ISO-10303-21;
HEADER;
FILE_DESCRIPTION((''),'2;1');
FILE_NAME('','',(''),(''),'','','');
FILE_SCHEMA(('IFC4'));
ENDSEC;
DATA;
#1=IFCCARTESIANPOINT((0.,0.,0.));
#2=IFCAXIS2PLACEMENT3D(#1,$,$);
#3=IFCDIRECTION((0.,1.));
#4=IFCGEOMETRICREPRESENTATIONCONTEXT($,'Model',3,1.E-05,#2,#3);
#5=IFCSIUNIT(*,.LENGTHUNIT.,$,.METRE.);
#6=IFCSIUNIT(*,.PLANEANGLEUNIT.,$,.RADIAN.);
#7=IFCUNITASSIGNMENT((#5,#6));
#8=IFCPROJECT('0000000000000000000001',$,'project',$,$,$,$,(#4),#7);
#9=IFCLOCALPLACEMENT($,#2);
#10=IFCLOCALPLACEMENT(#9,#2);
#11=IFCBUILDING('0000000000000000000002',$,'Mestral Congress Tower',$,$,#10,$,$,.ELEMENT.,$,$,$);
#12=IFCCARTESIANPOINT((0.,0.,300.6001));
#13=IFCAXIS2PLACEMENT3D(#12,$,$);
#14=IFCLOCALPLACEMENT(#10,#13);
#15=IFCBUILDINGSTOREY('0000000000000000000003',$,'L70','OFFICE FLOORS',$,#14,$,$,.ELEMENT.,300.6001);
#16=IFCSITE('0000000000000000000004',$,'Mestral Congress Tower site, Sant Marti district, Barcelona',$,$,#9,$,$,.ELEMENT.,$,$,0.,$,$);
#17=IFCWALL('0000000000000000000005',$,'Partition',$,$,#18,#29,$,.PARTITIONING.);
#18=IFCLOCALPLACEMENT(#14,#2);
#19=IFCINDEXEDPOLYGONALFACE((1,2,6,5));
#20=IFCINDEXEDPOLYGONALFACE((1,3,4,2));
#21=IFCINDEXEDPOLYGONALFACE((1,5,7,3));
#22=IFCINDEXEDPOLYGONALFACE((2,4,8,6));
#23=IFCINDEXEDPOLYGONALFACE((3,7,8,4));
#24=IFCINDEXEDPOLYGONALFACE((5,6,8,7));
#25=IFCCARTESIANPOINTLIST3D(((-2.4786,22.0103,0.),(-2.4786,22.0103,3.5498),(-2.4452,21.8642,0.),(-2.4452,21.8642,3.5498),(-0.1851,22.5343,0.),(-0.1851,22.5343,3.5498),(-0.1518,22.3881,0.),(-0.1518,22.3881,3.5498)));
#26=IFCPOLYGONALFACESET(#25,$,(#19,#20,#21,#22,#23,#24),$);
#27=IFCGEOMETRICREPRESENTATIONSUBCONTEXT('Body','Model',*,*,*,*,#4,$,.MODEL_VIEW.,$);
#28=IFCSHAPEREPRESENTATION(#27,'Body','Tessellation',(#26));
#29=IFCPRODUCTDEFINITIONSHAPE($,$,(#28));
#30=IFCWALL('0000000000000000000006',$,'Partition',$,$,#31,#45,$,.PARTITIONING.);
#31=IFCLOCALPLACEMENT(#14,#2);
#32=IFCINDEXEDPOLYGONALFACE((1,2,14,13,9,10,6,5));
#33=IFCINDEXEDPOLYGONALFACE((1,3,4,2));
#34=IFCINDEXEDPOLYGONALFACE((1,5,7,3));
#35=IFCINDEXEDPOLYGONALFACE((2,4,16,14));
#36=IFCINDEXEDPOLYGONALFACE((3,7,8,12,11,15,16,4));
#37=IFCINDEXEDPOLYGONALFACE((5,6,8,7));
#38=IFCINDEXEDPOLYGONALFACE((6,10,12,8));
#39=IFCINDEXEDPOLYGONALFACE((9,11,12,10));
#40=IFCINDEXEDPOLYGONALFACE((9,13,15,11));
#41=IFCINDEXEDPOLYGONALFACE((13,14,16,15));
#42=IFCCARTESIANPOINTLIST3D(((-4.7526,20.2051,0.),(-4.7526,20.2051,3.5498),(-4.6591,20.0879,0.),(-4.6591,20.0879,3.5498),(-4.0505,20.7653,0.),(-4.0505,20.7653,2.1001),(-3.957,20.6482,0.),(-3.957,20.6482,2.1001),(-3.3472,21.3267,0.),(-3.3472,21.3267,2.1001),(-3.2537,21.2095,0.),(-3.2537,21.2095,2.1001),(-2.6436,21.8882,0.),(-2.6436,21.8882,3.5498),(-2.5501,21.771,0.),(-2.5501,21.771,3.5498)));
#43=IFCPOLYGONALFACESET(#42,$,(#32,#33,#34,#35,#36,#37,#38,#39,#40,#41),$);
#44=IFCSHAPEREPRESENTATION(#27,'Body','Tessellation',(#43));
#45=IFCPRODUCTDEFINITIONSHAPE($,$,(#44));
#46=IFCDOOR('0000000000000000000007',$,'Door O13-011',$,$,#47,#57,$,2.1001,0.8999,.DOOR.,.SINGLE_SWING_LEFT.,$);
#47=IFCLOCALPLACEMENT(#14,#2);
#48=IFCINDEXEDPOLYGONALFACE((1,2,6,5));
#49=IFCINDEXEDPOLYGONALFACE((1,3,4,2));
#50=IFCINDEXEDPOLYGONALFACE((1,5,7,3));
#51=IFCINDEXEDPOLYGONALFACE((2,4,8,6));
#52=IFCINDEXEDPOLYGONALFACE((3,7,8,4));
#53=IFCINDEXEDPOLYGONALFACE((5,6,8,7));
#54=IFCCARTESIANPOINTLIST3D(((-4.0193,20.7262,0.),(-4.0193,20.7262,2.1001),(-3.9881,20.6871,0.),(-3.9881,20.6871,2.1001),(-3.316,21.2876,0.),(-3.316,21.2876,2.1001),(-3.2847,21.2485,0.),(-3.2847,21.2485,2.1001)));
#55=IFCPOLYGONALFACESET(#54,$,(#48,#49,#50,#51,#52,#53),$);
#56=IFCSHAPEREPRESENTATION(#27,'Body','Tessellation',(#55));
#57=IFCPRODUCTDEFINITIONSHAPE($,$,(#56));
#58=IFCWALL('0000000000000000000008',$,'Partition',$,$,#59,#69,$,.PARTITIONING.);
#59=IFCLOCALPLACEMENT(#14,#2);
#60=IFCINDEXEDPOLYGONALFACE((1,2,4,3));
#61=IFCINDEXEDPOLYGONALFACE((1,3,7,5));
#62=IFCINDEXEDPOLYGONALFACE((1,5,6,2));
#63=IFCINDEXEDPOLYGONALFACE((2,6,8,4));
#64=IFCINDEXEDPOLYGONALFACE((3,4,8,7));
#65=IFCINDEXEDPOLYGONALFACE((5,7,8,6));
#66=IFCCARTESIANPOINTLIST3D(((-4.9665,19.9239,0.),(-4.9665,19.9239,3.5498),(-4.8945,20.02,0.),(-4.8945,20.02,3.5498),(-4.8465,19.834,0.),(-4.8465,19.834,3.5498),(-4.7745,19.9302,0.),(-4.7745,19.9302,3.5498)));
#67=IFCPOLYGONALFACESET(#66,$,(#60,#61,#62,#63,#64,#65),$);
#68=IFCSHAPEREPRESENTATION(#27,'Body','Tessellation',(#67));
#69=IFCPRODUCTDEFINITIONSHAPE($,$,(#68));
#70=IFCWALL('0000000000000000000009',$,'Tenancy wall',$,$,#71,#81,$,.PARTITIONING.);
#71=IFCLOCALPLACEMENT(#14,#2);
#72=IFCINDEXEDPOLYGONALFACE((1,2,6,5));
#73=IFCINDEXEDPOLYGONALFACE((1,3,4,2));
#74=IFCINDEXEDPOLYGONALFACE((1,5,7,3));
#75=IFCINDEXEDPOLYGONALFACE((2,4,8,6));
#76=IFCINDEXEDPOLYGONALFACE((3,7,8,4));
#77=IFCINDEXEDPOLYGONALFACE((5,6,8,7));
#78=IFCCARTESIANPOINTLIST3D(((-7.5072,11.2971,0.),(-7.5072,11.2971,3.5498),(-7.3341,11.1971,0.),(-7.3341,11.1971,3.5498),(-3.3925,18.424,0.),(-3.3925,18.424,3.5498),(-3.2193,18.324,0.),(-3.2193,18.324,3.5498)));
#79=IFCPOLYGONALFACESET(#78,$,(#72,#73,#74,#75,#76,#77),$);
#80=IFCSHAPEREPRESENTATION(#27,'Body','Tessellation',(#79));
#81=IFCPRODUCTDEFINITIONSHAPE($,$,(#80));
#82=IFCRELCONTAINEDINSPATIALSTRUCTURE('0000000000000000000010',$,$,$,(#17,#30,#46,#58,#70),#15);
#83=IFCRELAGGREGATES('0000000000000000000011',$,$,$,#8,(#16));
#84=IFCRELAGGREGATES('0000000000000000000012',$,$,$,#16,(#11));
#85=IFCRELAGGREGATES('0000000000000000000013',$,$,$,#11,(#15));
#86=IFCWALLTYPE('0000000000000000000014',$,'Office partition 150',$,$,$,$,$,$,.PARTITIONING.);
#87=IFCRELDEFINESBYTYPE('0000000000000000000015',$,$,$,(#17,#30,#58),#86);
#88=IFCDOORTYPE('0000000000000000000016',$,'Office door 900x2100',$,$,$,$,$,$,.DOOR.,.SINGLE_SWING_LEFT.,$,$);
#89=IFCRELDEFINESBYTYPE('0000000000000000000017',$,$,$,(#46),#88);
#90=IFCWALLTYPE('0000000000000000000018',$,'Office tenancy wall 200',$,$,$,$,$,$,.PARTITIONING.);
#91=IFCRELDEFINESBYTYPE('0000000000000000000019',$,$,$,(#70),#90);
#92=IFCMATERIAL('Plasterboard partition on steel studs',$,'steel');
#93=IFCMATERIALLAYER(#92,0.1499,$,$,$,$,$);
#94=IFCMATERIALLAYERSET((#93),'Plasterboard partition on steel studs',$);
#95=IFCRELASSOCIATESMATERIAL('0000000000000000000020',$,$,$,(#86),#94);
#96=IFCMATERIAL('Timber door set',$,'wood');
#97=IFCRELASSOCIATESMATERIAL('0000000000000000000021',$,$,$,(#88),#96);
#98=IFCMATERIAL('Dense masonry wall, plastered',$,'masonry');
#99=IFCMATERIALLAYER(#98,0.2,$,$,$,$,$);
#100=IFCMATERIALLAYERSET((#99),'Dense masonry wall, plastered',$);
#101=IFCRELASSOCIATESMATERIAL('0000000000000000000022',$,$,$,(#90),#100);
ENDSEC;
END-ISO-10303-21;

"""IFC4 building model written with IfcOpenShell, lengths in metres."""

from ifc_helpers import new_model, si_unit, direction, frame, frame_2d, origin, place, context, subcontext, project, spatial, rectangle, extrude, material, layer, layer_set, type_object, element, fill, save


model = new_model("IFC4")

# Units and contexts
model_context = context("Model", 3, precision=1e-05, world=origin(), true_north=direction((0.0, 1.0)))
body_context = subcontext(model_context, "Body", "Model", "MODEL_VIEW")
ifc_project = project(units=[si_unit("LENGTHUNIT", "METRE"), si_unit("PLANEANGLEUNIT", "RADIAN")], contexts=[model_context])

# Site, building, storey
site_placement = place(None, origin())
site = spatial("IfcSite", under=ifc_project, at=site_placement, Name="Mestral Congress Tower site, Sant Marti district, Barcelona", CompositionType="ELEMENT", RefElevation=0.0)
building_placement = place(site_placement, origin())
building = spatial("IfcBuilding", under=site, at=building_placement, Name="Mestral Congress Tower", CompositionType="ELEMENT")
storey_placement = place(building_placement, frame((0.0, 0.0, 300.6001)))
storey = spatial("IfcBuildingStorey", under=building, at=storey_placement, Name="L70", Description="OFFICE FLOORS", CompositionType="ELEMENT", Elevation=300.6001)

# Wall
ifc_material_1 = material(Name="Plasterboard partition on steel studs", Category="steel")
ifc_layer_1 = layer(ifc_material_1, 0.1499)
ifc_layer_set_1 = layer_set([ifc_layer_1], Name="Plasterboard partition on steel studs")
wall_type_1 = type_object("IfcWallType", Name="Office partition 150", PredefinedType="PARTITIONING", material=ifc_layer_set_1)
wall_1_placement = place(storey_placement, frame((-0.1685, 22.4612, 0.0), z_axis=(0.0, 0.0, 1.0), x_axis=(-0.974886, -0.222706, 0.0)))
element("IfcWall", 1, at=wall_1_placement, inside=storey, type_object=wall_type_1, Name="Partition", PredefinedType="PARTITIONING", context=body_context, shape_type="SweptSolid", body=[
    extrude(rectangle(XDim=2.3525, YDim=0.1499, at=frame_2d((1.1763, 0.0))), origin(), (0.0, 0.0, 1.0), 3.5498),
])

# Wall, opening, door
wall_2_placement = place(storey_placement, frame((-4.7058, 20.1465, 0.0), z_axis=(0.0, 0.0, 1.0), x_axis=(0.781592, 0.62379, 0.0)))
wall_2 = element("IfcWall", 2, at=wall_2_placement, inside=storey, type_object=wall_type_1, Name="Partition", PredefinedType="PARTITIONING", context=body_context, shape_type="SweptSolid", body=[
    extrude(rectangle(XDim=2.6982, YDim=0.1499, at=frame_2d((1.3491, 0.0))), origin(), (0.0, 0.0, 1.0), 3.5498),
])
opening_1_placement = place(wall_2_placement, frame((0.8982, 0.0, 0.0)))
opening_1 = element("IfcOpeningElement", 3, at=opening_1_placement, cuts=wall_2, PredefinedType="OPENING", context=body_context, shape_type="SweptSolid", body=[
    extrude(rectangle(XDim=0.8999, YDim=2.1001, at=frame_2d((0.45, 1.05))), frame((0.0, 0.085, 0.0), z_axis=(0.0, -1.0, 0.0), x_axis=(1.0, 0.0, 0.0)), (0.0, 0.0, 1.0), 0.1699),
])
ifc_material_2 = material(Name="Timber door set", Category="wood")
door_type = type_object("IfcDoorType", Name="Office door 900x2100", OperationType="SINGLE_SWING_LEFT", PredefinedType="DOOR", material=ifc_material_2)
door_placement = place(opening_1_placement, origin())
door = element("IfcDoor", 4, at=door_placement, inside=storey, type_object=door_type, Name="Door O13-011", OperationType="SINGLE_SWING_LEFT", OverallHeight=2.1001, OverallWidth=0.8999, PredefinedType="DOOR", context=body_context, shape_type="SweptSolid", body=[
    extrude(rectangle(XDim=0.8999, YDim=2.1001, at=frame_2d((0.45, 1.05))), frame((0.0, 0.0249, 0.0), z_axis=(0.0, -1.0, 0.0), x_axis=(1.0, 0.0, 0.0)), (0.0, 0.0, 1.0), 0.05),
])
fill(opening_1, door)

# Walls
wall_3_placement = place(storey_placement, frame((-4.8345, 19.9751, 0.0), z_axis=(0.0, 0.0, 1.0), x_axis=(-0.59935, -0.800487, 0.0)))
element("IfcWall", 5, at=wall_3_placement, inside=storey, type_object=wall_type_1, Name="Partition", PredefinedType="PARTITIONING", context=body_context, shape_type="SweptSolid", body=[
    extrude(rectangle(XDim=0.1201, YDim=0.1499, at=frame_2d((0.0601, 0.0))), origin(), (0.0, 0.0, 1.0), 3.5498),
])
ifc_material_3 = material(Name="Dense masonry wall, plastered", Category="masonry")
ifc_layer_2 = layer(ifc_material_3, 0.2)
ifc_layer_set_2 = layer_set([ifc_layer_2], Name="Dense masonry wall, plastered")
wall_type_2 = type_object("IfcWallType", Name="Office tenancy wall 200", PredefinedType="PARTITIONING", material=ifc_layer_set_2)
wall_4_placement = place(storey_placement, frame((-3.3059, 18.374, 0.0), z_axis=(0.0, 0.0, 1.0), x_axis=(-0.5, -0.866026, 0.0)))
element("IfcWall", 6, at=wall_4_placement, inside=storey, type_object=wall_type_2, Name="Tenancy wall", PredefinedType="PARTITIONING", context=body_context, shape_type="SweptSolid", body=[
    extrude(rectangle(XDim=8.2295, YDim=0.2, at=frame_2d((4.1147, 0.0))), origin(), (0.0, 0.0, 1.0), 3.5498),
])

save(model, "model.ifc")
